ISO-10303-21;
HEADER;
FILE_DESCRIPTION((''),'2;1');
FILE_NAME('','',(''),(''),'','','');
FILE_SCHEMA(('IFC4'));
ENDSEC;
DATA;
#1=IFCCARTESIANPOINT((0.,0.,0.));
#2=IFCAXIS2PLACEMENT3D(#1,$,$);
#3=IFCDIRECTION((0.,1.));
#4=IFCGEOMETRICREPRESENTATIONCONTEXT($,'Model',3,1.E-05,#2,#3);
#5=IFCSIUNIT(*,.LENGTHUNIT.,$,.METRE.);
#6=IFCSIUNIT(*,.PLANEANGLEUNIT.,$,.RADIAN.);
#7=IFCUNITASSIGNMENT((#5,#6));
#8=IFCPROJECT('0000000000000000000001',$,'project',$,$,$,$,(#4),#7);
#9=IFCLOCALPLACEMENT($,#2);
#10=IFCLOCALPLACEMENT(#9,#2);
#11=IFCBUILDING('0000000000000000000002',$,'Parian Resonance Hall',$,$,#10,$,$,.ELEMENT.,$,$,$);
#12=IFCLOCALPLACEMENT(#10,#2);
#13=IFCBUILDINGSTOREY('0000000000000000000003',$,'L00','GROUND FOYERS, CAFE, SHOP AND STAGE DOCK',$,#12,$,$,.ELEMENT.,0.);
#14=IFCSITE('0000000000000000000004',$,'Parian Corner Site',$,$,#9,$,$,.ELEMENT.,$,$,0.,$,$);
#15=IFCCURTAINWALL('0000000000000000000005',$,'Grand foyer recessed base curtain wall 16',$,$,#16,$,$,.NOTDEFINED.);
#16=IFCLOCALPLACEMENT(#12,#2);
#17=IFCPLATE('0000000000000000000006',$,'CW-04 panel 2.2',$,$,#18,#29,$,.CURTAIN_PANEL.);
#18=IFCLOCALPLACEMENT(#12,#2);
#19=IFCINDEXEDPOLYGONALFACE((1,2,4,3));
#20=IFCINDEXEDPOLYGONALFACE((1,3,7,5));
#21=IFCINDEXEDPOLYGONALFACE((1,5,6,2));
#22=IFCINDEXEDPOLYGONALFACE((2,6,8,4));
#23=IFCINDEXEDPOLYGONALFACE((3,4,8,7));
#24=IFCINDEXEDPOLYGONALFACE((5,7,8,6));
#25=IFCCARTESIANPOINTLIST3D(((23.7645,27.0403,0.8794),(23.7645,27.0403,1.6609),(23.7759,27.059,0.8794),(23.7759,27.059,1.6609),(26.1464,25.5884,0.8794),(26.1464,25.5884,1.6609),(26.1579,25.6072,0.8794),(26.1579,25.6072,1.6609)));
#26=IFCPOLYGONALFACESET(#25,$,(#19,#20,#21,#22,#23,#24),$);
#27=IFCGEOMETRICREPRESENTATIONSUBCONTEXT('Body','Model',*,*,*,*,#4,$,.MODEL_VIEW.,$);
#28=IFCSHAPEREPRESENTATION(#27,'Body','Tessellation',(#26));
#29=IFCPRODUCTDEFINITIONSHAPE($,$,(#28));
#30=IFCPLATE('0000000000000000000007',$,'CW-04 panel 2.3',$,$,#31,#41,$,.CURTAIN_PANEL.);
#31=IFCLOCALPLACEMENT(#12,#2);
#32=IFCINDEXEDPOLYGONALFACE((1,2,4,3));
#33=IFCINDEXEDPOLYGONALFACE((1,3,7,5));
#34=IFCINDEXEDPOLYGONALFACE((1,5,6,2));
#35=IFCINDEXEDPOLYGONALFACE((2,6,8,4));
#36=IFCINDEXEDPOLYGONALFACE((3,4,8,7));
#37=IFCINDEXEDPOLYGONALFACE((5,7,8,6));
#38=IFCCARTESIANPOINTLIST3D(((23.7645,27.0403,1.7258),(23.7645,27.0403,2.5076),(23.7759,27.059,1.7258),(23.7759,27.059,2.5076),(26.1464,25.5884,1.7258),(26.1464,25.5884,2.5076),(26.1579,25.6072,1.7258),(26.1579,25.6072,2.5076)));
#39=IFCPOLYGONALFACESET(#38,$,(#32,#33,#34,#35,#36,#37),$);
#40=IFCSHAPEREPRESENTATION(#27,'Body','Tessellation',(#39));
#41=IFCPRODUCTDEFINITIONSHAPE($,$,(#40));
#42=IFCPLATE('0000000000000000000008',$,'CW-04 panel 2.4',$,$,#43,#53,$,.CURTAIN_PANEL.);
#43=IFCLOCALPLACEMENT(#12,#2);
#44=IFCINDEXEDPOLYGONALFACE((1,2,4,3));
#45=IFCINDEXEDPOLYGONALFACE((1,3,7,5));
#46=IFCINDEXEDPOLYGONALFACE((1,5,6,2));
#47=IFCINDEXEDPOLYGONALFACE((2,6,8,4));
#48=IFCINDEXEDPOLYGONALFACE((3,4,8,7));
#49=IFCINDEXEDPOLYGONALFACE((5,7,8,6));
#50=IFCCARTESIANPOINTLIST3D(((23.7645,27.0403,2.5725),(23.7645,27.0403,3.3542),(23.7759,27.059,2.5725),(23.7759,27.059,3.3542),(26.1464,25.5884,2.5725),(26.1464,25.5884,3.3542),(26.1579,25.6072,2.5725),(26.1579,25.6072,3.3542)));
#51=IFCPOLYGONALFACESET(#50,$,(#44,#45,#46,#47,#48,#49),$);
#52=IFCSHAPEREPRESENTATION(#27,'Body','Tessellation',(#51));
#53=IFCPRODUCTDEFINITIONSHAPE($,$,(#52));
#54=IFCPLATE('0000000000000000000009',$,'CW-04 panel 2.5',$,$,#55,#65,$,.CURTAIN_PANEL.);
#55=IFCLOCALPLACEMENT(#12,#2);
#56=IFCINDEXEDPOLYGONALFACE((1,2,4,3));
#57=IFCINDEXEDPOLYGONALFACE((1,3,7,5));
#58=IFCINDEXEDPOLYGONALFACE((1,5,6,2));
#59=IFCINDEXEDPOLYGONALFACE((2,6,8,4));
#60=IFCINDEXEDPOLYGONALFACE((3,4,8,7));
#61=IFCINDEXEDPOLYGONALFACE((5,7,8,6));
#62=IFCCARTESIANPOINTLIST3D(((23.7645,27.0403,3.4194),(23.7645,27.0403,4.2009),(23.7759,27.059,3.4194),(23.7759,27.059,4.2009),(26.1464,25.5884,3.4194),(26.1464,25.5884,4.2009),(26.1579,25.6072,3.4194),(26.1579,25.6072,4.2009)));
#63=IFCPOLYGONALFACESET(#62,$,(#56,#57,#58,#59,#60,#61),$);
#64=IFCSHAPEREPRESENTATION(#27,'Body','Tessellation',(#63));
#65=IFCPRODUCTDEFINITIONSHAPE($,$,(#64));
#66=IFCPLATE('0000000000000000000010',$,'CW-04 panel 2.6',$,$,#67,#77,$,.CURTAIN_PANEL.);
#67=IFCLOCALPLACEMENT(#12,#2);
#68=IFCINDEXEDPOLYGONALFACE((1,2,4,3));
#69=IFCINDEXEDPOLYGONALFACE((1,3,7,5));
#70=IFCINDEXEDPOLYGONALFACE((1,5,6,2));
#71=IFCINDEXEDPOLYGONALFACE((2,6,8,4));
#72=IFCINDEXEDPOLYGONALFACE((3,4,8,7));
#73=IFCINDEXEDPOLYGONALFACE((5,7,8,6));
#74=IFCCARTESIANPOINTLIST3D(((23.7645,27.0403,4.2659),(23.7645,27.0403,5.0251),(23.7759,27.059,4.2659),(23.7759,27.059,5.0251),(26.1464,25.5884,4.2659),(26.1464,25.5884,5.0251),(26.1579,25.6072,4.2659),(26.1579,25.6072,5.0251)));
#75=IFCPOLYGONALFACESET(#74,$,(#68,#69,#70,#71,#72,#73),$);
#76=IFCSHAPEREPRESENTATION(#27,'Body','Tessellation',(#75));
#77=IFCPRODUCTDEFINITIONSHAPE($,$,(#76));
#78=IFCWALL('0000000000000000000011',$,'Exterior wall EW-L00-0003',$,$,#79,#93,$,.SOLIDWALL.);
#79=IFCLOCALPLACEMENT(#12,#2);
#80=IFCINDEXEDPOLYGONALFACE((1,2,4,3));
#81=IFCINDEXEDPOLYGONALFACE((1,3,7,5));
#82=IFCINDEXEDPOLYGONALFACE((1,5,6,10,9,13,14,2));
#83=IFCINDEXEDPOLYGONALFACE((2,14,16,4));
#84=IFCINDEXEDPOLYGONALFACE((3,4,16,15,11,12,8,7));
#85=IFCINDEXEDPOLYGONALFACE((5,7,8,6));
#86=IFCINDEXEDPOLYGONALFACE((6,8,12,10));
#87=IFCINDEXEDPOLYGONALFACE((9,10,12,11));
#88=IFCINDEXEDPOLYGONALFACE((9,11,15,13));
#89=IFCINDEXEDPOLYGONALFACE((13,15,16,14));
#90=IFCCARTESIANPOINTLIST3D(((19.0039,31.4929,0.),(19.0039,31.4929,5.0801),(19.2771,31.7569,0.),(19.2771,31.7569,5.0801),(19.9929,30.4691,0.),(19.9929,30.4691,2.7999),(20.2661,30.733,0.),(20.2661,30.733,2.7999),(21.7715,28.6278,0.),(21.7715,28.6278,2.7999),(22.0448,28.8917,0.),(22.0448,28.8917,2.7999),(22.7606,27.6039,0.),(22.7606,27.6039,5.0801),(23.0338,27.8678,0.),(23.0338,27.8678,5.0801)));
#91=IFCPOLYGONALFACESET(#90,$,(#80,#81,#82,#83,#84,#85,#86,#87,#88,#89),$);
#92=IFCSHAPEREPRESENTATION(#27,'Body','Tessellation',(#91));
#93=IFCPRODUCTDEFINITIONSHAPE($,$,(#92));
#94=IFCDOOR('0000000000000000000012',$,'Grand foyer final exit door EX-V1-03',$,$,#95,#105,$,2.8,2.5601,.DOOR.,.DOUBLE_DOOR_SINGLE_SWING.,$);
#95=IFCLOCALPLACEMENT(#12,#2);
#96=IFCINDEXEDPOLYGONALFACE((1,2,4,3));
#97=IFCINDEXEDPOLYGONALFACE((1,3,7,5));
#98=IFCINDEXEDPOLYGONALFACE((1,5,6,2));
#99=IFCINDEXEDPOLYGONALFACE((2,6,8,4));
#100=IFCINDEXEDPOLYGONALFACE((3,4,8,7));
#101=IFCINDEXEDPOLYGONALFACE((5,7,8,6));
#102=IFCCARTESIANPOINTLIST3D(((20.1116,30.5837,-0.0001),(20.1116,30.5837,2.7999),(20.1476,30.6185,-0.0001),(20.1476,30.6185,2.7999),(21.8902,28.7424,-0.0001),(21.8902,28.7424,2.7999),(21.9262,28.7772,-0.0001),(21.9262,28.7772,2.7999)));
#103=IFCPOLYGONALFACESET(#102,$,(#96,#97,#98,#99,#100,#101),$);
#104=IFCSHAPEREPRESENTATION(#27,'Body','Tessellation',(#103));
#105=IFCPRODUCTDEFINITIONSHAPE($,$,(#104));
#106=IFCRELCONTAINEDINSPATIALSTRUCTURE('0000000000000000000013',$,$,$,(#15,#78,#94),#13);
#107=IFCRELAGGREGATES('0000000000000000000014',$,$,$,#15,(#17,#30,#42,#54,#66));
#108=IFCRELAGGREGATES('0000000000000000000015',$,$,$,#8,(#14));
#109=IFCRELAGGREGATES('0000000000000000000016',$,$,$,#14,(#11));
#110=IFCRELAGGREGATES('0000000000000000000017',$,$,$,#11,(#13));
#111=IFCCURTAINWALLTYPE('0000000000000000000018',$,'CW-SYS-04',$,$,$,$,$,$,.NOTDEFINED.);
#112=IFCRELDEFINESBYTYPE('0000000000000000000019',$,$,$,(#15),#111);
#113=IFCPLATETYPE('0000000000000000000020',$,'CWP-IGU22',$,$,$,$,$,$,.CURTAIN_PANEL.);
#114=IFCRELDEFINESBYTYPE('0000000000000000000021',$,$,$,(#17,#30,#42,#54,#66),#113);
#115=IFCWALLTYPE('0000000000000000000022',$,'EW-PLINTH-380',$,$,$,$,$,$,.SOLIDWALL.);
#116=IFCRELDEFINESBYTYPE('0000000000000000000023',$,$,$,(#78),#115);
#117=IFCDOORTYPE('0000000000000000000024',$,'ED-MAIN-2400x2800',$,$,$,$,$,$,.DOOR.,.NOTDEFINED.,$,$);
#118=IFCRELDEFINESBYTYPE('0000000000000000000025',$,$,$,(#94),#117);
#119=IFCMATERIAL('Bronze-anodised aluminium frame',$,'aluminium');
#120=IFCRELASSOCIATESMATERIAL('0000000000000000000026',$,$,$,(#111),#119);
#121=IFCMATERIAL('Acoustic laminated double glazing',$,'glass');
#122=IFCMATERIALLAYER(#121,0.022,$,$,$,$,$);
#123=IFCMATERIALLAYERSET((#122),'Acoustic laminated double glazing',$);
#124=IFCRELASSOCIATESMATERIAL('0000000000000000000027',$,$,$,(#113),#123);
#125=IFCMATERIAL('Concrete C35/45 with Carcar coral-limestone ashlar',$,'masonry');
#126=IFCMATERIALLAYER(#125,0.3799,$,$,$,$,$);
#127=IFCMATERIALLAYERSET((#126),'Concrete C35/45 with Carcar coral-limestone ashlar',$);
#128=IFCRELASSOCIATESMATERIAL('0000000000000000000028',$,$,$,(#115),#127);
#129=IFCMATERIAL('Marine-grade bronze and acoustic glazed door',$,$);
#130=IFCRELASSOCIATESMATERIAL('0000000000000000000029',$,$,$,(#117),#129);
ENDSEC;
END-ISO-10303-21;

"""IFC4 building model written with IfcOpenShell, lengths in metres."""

from ifc_helpers import new_model, si_unit, direction, frame, frame_2d, origin, origin_2d, place, context, subcontext, project, spatial, rectangle, extrude, material, layer, layer_set, type_object, element, fill, aggregate, save


model = new_model("IFC4")

# Units and contexts
model_context = context("Model", 3, precision=1e-05, world=origin(), true_north=direction((0.0, 1.0)))
body_context = subcontext(model_context, "Body", "Model", "MODEL_VIEW")
ifc_project = project(units=[si_unit("LENGTHUNIT", "METRE"), si_unit("PLANEANGLEUNIT", "RADIAN")], contexts=[model_context])

# Site, building, storey
site_placement = place(None, origin())
site = spatial("IfcSite", under=ifc_project, at=site_placement, Name="Parian Corner Site", CompositionType="ELEMENT", RefElevation=0.0)
building_placement = place(site_placement, origin())
building = spatial("IfcBuilding", under=site, at=building_placement, Name="Parian Resonance Hall", CompositionType="ELEMENT")
storey_placement = place(building_placement, origin())
storey = spatial("IfcBuildingStorey", under=building, at=storey_placement, Name="L00", Description="GROUND FOYERS, CAFE, SHOP AND STAGE DOCK", CompositionType="ELEMENT", Elevation=0.0)

# Curtain wall, plates
ifc_material_1 = material(Name="Bronze-anodised aluminium frame", Category="aluminium")
curtain_wall_type = type_object("IfcCurtainWallType", Name="CW-SYS-04", PredefinedType="NOTDEFINED", material=ifc_material_1)
curtain_wall_placement = place(storey_placement, origin())
curtain_wall = element("IfcCurtainWall", 1, at=curtain_wall_placement, inside=storey, type_object=curtain_wall_type, Name="Grand foyer recessed base curtain wall 16", PredefinedType="NOTDEFINED")
ifc_material_2 = material(Name="Acoustic laminated double glazing", Category="glass")
ifc_layer_1 = layer(ifc_material_2, 0.022)
ifc_layer_set_1 = layer_set([ifc_layer_1], Name="Acoustic laminated double glazing")
plate_type = type_object("IfcPlateType", Name="CWP-IGU22", PredefinedType="CURTAIN_PANEL", material=ifc_layer_set_1)
plate_1_placement = place(storey_placement, frame((24.9612, 26.3237, 0.8794), z_axis=(0.0, 0.0, 1.0), x_axis=(-0.853884, 0.520463, 0.0)))
plate_1 = element("IfcPlate", 2, at=plate_1_placement, type_object=plate_type, Name="CW-04 panel 2.2", PredefinedType="CURTAIN_PANEL", context=body_context, shape_type="SweptSolid", body=[
    extrude(rectangle(XDim=2.7896, YDim=0.022, at=origin_2d()), origin(), (0.0, 0.0, 1.0), 0.7815),
])
plate_2_placement = place(storey_placement, frame((24.9612, 26.3237, 1.7258), z_axis=(0.0, 0.0, 1.0), x_axis=(-0.853884, 0.520463, 0.0)))
plate_2 = element("IfcPlate", 3, at=plate_2_placement, type_object=plate_type, Name="CW-04 panel 2.3", PredefinedType="CURTAIN_PANEL", context=body_context, shape_type="SweptSolid", body=[
    extrude(rectangle(XDim=2.7896, YDim=0.022, at=origin_2d()), origin(), (0.0, 0.0, 1.0), 0.7817),
])
plate_3_placement = place(storey_placement, frame((24.9612, 26.3237, 2.5725), z_axis=(0.0, 0.0, 1.0), x_axis=(-0.853884, 0.520463, 0.0)))
plate_3 = element("IfcPlate", 4, at=plate_3_placement, type_object=plate_type, Name="CW-04 panel 2.4", PredefinedType="CURTAIN_PANEL", context=body_context, shape_type="SweptSolid", body=[
    extrude(rectangle(XDim=2.7896, YDim=0.022, at=origin_2d()), origin(), (0.0, 0.0, 1.0), 0.7817),
])
plate_4_placement = place(storey_placement, frame((24.9612, 26.3237, 3.4194), z_axis=(0.0, 0.0, 1.0), x_axis=(-0.853884, 0.520463, 0.0)))
plate_4 = element("IfcPlate", 5, at=plate_4_placement, type_object=plate_type, Name="CW-04 panel 2.5", PredefinedType="CURTAIN_PANEL", context=body_context, shape_type="SweptSolid", body=[
    extrude(rectangle(XDim=2.7896, YDim=0.022, at=origin_2d()), origin(), (0.0, 0.0, 1.0), 0.7815),
])
plate_5_placement = place(storey_placement, frame((24.9612, 26.3237, 4.2659), z_axis=(0.0, 0.0, 1.0), x_axis=(-0.853884, 0.520463, 0.0)))
plate_5 = element("IfcPlate", 6, at=plate_5_placement, type_object=plate_type, Name="CW-04 panel 2.6", PredefinedType="CURTAIN_PANEL", context=body_context, shape_type="SweptSolid", body=[
    extrude(rectangle(XDim=2.7896, YDim=0.022, at=origin_2d()), origin(), (0.0, 0.0, 1.0), 0.7593),
])
aggregate(curtain_wall, [plate_1, plate_2, plate_3, plate_4, plate_5])

# Wall, opening, door
ifc_material_3 = material(Name="Concrete C35/45 with Carcar coral-limestone ashlar", Category="masonry")
ifc_layer_2 = layer(ifc_material_3, 0.3799)
ifc_layer_set_2 = layer_set([ifc_layer_2], Name="Concrete C35/45 with Carcar coral-limestone ashlar")
wall_type = type_object("IfcWallType", Name="EW-PLINTH-380", PredefinedType="SOLIDWALL", material=ifc_layer_set_2)
wall_placement = place(storey_placement, frame((22.8972, 27.7358, 0.0), z_axis=(0.0, 0.0, 1.0), x_axis=(-0.694765, 0.719237, 0.0)))
wall = element("IfcWall", 7, at=wall_placement, inside=storey, type_object=wall_type, Name="Exterior wall EW-L00-0003", PredefinedType="SOLIDWALL", context=body_context, shape_type="SweptSolid", body=[
    extrude(rectangle(XDim=5.4072, YDim=0.3799, at=frame_2d((2.7036, 0.0))), origin(), (0.0, 0.0, 1.0), 5.0801),
])
opening_placement = place(wall_placement, frame((1.4236, 0.0, 0.0)))
opening = element("IfcOpeningElement", 8, at=opening_placement, cuts=wall, PredefinedType="OPENING", context=body_context, shape_type="SweptSolid", body=[
    extrude(rectangle(XDim=2.5601, YDim=2.8, at=frame_2d((1.28, 1.3999))), frame((0.0, 0.2, 0.0), z_axis=(0.0, -1.0, 0.0), x_axis=(1.0, 0.0, 0.0)), (0.0, 0.0, 1.0), 0.3999),
])
ifc_material_4 = material(Name="Marine-grade bronze and acoustic glazed door")
door_type = type_object("IfcDoorType", Name="ED-MAIN-2400x2800", OperationType="NOTDEFINED", PredefinedType="DOOR", material=ifc_material_4)
door_placement = place(opening_placement, origin())
door = element("IfcDoor", 9, at=door_placement, inside=storey, type_object=door_type, Name="Grand foyer final exit door EX-V1-03", OperationType="DOUBLE_DOOR_SINGLE_SWING", OverallHeight=2.8, OverallWidth=2.5601, PredefinedType="DOOR", context=body_context, shape_type="SweptSolid", body=[
    extrude(rectangle(XDim=2.5601, YDim=2.8, at=frame_2d((1.28, 1.3999))), frame((0.0, 0.0249, 0.0), z_axis=(0.0, -1.0, 0.0), x_axis=(1.0, 0.0, 0.0)), (0.0, 0.0, 1.0), 0.05),
])
fill(opening, door)

save(model, "model.ifc")
